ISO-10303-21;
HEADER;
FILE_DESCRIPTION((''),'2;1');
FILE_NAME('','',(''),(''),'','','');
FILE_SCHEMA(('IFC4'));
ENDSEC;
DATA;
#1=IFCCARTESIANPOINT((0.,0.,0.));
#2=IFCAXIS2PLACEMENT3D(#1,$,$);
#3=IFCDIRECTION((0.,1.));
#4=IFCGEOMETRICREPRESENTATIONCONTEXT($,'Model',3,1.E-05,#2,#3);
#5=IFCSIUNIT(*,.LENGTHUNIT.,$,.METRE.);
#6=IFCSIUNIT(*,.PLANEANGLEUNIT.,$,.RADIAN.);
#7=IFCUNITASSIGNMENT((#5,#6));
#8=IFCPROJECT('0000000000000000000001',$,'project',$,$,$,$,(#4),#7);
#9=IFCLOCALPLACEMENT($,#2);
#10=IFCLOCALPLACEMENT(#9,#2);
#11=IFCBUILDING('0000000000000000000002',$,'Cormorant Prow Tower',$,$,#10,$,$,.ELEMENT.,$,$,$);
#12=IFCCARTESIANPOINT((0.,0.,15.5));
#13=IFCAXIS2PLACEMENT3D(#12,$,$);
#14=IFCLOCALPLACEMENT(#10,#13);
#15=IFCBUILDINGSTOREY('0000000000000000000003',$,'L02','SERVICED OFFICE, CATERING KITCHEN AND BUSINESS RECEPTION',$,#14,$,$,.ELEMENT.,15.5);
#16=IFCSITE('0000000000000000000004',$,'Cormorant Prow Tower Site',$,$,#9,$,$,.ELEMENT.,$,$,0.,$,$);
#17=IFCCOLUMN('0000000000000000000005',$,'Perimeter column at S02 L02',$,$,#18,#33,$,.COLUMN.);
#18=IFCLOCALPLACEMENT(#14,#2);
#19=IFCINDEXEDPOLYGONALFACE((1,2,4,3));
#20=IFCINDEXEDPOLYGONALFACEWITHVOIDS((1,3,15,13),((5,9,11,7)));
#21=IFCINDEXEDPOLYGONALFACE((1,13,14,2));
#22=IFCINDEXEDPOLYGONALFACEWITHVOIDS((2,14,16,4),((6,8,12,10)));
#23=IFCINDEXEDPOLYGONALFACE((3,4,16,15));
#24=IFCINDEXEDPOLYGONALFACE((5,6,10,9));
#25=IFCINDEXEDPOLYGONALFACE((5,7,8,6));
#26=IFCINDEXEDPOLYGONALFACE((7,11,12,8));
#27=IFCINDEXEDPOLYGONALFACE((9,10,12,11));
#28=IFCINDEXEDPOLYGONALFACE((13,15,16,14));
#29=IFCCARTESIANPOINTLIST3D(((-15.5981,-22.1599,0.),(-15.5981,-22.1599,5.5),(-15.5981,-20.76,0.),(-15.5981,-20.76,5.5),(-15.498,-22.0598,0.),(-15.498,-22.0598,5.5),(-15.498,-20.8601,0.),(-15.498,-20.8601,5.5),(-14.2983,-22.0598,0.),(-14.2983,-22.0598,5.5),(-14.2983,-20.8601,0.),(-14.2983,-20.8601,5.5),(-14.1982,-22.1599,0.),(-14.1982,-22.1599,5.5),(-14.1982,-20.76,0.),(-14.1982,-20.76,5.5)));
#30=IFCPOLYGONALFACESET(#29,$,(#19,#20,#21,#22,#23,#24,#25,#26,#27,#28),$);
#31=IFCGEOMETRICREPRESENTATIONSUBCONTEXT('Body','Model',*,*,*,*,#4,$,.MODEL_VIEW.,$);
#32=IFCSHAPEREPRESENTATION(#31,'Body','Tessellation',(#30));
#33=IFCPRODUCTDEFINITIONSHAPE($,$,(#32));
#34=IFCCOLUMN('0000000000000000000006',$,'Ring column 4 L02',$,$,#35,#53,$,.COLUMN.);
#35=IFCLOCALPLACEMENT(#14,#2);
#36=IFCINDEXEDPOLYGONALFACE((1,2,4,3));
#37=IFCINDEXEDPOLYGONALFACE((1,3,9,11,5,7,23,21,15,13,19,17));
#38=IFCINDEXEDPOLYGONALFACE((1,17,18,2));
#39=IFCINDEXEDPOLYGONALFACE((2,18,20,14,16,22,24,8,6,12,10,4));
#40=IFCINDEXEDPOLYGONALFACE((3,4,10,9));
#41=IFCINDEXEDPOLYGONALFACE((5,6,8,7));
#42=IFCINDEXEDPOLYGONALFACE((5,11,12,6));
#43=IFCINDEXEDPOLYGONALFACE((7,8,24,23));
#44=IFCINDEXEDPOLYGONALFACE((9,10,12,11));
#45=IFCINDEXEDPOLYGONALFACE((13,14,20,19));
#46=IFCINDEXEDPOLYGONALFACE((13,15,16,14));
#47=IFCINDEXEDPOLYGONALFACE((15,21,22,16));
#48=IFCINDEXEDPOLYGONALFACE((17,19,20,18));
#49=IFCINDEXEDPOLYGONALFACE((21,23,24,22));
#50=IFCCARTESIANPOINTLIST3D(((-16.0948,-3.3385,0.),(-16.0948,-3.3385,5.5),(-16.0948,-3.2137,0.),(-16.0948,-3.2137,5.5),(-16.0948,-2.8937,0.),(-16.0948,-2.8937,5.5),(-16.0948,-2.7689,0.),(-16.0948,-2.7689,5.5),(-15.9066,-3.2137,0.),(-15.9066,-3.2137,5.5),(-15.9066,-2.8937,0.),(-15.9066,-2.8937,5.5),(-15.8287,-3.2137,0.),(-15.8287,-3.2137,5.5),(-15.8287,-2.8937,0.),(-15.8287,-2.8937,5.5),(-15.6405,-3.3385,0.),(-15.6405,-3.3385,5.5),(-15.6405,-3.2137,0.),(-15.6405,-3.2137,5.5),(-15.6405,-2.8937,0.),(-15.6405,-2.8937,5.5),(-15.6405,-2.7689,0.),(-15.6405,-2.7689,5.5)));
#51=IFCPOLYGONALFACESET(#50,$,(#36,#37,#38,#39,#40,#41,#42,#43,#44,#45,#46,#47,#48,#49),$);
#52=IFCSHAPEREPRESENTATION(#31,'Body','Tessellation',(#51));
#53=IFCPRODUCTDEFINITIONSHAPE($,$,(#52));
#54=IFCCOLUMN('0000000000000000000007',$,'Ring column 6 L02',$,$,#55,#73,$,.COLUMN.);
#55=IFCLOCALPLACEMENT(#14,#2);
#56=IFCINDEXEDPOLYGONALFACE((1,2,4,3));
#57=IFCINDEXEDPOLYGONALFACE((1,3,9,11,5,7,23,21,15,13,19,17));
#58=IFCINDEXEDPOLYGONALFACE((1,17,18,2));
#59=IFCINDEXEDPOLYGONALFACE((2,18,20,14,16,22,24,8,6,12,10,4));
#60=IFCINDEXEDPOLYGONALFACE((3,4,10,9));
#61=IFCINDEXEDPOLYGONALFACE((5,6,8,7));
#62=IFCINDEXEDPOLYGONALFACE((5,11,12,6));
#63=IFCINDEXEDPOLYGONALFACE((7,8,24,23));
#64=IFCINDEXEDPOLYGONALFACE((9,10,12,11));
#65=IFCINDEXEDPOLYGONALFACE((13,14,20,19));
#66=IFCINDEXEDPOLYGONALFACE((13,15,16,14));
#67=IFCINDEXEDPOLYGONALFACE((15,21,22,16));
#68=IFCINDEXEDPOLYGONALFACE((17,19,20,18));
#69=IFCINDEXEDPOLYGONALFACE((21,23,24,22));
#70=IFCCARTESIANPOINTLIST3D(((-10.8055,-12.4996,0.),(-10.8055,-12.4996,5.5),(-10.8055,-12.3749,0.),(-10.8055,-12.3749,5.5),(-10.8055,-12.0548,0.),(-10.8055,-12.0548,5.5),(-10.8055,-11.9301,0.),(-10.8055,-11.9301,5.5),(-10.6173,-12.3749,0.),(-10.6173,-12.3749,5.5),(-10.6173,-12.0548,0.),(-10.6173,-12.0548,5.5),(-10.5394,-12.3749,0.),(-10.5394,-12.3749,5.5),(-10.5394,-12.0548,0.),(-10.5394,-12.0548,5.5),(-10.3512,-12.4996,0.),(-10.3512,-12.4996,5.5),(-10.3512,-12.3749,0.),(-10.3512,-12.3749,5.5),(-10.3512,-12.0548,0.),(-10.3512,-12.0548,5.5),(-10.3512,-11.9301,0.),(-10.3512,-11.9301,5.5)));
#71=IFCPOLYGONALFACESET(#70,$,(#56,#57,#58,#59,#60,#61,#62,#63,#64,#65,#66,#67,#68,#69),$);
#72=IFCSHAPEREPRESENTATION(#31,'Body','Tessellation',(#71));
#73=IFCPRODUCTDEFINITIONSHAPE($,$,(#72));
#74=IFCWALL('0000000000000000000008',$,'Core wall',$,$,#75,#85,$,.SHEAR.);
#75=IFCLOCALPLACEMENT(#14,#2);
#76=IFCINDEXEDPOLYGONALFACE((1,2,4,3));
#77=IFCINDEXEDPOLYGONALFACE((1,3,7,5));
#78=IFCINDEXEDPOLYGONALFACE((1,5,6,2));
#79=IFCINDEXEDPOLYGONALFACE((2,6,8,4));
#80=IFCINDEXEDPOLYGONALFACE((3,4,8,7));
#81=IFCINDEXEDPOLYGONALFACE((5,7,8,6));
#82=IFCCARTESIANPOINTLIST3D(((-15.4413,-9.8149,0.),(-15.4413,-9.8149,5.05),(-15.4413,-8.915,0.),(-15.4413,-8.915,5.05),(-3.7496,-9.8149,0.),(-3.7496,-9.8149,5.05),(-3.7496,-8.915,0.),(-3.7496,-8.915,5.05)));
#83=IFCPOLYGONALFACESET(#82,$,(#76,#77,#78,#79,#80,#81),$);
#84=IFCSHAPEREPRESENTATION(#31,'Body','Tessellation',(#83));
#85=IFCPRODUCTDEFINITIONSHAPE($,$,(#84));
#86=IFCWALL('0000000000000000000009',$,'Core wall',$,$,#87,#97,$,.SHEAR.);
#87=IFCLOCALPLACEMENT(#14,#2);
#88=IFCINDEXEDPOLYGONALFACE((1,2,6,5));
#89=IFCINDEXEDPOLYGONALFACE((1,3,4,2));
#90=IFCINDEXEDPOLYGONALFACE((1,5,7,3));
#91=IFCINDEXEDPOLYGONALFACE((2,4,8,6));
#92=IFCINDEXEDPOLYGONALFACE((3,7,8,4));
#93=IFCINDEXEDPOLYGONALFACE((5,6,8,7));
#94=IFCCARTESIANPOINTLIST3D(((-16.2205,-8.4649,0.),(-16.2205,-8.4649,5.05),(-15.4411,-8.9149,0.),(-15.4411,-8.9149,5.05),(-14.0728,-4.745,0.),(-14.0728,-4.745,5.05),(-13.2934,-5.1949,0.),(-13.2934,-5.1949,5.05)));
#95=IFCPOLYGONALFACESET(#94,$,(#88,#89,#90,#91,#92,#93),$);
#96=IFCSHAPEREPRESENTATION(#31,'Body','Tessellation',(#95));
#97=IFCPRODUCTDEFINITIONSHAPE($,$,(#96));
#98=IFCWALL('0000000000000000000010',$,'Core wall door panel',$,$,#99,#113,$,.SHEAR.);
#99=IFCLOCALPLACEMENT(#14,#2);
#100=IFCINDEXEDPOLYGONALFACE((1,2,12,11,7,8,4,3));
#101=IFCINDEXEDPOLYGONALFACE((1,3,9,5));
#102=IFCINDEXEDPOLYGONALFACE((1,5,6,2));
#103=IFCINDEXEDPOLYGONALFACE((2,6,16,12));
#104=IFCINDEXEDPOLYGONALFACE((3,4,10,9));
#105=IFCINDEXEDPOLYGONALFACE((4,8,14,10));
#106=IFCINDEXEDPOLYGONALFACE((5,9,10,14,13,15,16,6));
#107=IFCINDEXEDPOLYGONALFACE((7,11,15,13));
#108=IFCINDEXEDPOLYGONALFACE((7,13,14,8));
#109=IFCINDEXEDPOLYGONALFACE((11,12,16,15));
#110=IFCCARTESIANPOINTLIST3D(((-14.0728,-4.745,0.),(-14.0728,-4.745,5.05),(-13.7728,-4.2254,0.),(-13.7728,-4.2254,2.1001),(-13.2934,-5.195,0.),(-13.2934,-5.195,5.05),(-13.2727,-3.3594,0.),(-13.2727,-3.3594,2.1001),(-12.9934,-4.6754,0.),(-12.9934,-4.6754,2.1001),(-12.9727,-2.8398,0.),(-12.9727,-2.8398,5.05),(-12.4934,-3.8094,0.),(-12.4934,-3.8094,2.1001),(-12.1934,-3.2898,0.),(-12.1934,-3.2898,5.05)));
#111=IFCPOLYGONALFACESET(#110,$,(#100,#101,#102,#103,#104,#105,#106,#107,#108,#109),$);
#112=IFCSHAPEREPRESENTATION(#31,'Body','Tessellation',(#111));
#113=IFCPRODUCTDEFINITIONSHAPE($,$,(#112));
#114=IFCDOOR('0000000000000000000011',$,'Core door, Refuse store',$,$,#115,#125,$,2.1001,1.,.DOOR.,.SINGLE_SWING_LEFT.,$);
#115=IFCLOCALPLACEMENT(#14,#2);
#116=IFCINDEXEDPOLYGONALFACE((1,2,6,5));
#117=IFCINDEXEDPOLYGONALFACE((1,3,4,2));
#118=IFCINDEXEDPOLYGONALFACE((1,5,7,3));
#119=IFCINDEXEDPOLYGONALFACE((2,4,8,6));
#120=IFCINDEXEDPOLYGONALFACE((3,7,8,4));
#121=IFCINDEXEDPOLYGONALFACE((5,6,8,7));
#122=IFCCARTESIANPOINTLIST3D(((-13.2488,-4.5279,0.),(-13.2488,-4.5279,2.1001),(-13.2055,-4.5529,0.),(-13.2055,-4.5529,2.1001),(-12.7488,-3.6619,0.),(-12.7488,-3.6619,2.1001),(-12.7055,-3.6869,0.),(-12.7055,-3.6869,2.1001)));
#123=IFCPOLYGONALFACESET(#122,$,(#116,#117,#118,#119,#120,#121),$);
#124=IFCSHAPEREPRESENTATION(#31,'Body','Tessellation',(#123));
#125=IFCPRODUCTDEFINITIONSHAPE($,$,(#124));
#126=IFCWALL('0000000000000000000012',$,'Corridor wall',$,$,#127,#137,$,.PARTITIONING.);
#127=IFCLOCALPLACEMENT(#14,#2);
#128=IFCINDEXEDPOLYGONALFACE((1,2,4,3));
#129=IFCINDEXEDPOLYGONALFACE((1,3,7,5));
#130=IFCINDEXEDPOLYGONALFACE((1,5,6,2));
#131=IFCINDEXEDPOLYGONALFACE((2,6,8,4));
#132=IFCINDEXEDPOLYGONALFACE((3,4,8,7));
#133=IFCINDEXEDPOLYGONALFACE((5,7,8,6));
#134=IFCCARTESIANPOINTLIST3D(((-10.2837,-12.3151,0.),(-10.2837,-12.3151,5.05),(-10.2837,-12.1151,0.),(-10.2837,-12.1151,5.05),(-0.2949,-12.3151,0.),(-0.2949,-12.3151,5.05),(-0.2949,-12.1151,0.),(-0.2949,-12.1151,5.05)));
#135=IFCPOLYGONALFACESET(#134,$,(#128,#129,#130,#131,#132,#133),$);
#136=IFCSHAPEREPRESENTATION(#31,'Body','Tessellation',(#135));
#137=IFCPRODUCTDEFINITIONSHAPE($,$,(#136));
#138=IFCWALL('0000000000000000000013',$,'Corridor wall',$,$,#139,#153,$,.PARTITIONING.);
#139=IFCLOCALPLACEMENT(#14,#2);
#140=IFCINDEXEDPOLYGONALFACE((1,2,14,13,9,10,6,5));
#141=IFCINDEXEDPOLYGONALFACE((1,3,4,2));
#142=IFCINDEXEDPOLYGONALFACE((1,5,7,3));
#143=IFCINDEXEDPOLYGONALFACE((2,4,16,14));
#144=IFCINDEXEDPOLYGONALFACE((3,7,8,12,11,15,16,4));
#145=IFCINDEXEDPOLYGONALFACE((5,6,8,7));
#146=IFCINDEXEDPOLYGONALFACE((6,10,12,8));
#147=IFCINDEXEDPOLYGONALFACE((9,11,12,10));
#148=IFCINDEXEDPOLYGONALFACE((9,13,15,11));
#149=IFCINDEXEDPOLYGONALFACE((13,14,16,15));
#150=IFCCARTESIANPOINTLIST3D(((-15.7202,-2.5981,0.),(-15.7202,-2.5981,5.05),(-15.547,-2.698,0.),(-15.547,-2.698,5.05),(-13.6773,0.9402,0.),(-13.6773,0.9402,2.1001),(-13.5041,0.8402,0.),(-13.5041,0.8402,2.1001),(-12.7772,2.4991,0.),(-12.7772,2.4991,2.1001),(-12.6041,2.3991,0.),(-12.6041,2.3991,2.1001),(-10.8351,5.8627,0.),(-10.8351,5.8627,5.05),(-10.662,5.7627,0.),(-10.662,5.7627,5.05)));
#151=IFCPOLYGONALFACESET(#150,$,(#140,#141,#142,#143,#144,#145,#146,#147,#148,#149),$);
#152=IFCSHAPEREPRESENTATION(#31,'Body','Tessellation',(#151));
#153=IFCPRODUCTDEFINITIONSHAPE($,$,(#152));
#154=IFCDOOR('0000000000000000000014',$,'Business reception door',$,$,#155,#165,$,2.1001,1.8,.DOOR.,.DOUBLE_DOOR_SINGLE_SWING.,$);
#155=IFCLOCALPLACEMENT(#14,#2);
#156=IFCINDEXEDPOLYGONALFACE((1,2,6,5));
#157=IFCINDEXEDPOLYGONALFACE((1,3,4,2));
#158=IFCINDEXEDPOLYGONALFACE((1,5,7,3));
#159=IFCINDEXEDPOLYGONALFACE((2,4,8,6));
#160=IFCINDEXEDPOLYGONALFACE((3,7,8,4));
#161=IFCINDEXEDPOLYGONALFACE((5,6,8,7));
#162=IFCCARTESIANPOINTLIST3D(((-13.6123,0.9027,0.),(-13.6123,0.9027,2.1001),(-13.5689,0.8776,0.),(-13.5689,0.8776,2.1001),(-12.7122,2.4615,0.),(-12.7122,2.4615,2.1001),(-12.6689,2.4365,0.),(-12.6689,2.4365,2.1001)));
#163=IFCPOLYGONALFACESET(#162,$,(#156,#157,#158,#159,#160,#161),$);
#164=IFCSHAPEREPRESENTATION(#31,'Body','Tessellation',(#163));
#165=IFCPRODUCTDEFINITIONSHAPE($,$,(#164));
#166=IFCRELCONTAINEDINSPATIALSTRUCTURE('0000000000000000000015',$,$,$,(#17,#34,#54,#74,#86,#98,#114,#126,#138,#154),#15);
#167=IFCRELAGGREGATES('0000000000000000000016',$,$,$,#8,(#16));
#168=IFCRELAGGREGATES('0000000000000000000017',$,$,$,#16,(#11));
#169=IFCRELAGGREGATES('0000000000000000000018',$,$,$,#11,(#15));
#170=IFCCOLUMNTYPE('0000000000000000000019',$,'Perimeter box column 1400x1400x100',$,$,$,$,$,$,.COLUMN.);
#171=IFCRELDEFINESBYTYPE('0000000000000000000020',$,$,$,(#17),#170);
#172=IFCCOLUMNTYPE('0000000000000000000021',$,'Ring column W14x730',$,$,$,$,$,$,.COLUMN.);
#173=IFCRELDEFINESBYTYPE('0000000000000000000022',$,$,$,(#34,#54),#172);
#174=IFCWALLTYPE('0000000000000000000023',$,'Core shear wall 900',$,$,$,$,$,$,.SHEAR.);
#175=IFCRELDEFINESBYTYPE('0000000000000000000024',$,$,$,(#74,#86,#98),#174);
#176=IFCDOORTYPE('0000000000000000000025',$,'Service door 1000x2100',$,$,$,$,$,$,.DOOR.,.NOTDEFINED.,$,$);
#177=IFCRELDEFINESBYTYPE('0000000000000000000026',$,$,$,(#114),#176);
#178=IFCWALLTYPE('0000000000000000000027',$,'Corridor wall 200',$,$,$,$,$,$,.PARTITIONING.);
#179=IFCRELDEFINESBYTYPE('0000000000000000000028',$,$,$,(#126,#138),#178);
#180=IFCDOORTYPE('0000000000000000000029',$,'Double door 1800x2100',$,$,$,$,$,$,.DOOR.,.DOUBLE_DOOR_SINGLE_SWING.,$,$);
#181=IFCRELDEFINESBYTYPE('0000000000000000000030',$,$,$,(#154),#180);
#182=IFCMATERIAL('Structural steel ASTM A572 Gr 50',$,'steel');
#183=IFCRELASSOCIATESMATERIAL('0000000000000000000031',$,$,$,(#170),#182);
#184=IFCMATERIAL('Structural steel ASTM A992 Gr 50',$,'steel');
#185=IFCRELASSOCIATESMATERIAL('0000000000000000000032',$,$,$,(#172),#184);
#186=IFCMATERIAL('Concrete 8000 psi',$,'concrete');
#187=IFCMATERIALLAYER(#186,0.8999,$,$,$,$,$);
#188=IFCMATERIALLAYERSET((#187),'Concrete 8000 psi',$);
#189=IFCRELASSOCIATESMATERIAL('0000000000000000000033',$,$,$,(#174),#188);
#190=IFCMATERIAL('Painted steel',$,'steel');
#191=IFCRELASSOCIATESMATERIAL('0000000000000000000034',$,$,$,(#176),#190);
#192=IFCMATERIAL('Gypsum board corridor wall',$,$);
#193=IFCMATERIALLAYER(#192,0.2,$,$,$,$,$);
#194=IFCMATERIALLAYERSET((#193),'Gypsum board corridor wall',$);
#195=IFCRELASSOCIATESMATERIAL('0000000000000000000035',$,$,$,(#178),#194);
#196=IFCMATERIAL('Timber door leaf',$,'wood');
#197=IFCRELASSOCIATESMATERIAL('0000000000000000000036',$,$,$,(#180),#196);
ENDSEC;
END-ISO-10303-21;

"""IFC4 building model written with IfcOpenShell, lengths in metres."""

from ifc_helpers import new_model, si_unit, direction, frame, frame_2d, origin, origin_2d, place, context, subcontext, project, spatial, rectangle, hollow_rectangle, i_section, extrude, material, layer, layer_set, material_profile, profile_set, type_object, element, fill, save


model = new_model("IFC4")

# Units and contexts
model_context = context("Model", 3, precision=1e-05, world=origin(), true_north=direction((0.0, 1.0)))
body_context = subcontext(model_context, "Body", "Model", "MODEL_VIEW")
ifc_project = project(units=[si_unit("LENGTHUNIT", "METRE"), si_unit("PLANEANGLEUNIT", "RADIAN")], contexts=[model_context])

# Site, building, storey
site_placement = place(None, origin())
site = spatial("IfcSite", under=ifc_project, at=site_placement, Name="Cormorant Prow Tower Site", CompositionType="ELEMENT", RefElevation=0.0)
building_placement = place(site_placement, origin())
building = spatial("IfcBuilding", under=site, at=building_placement, Name="Cormorant Prow Tower", CompositionType="ELEMENT")
storey_placement = place(building_placement, frame((0.0, 0.0, 15.5)))
storey = spatial("IfcBuildingStorey", under=building, at=storey_placement, Name="L02", Description="SERVICED OFFICE, CATERING KITCHEN AND BUSINESS RECEPTION", CompositionType="ELEMENT", Elevation=15.5)

# Columns
ifc_material_1 = material(Name="Structural steel ASTM A572 Gr 50", Category="steel")
ifc_material_profile_1 = material_profile(ifc_material_1, hollow_rectangle(XDim=1.3999, YDim=1.3999, WallThickness=0.1001, at=origin_2d()), Name="Box 1400x1400x100")
ifc_profile_set_1 = profile_set([ifc_material_profile_1], Name="Structural steel ASTM A572 Gr 50")
column_type_1 = type_object("IfcColumnType", Name="Perimeter box column 1400x1400x100", PredefinedType="COLUMN", material=ifc_profile_set_1)
column_placement = place(storey_placement, frame((-14.8982, -21.46, 0.0), z_axis=(0.0, 0.0, 1.0), x_axis=(1.0, 0.0, 0.0)))
element("IfcColumn", 1, at=column_placement, inside=storey, type_object=column_type_1, Name="Perimeter column at S02 L02", PredefinedType="COLUMN", context=body_context, shape_type="SweptSolid", body=[
    extrude(hollow_rectangle(XDim=1.3999, YDim=1.3999, WallThickness=0.1001, at=origin_2d()), origin(), (0.0, 0.0, 1.0), 5.5),
])
ifc_material_2 = material(Name="Structural steel ASTM A992 Gr 50", Category="steel")
ifc_material_profile_2 = material_profile(ifc_material_2, i_section(OverallWidth=0.4543, OverallDepth=0.5696, WebThickness=0.0779, FlangeThickness=0.1248, at=origin_2d()), Name="W14x730")
ifc_profile_set_2 = profile_set([ifc_material_profile_2], Name="Structural steel ASTM A992 Gr 50")
column_type_2 = type_object("IfcColumnType", Name="Ring column W14x730", PredefinedType="COLUMN", material=ifc_profile_set_2)
for number, where, z_axis, x_axis, name in (
    (2, (-15.8677, -3.0537, 0.0), (0.0, 0.0, 1.0), (1.0, 0.0, 0.0), "Ring column 4 L02"),
    (3, (-10.5784, -12.2148, 0.0), (0.0, 0.0, 1.0), (1.0, 0.0, 0.0), "Ring column 6 L02"),
):
    element("IfcColumn", number, at=place(storey_placement, frame(where, z_axis=z_axis, x_axis=x_axis)), inside=storey, type_object=column_type_2, Name=name, PredefinedType="COLUMN", context=body_context, shape_type="SweptSolid", body=[
        extrude(i_section(OverallWidth=0.4543, OverallDepth=0.5696, WebThickness=0.0779, FlangeThickness=0.1248, at=origin_2d()), origin(), (0.0, 0.0, 1.0), 5.5),
    ])

# Walls
ifc_material_3 = material(Name="Concrete 8000 psi", Category="concrete")
ifc_layer_1 = layer(ifc_material_3, 0.8999)
ifc_layer_set_1 = layer_set([ifc_layer_1], Name="Concrete 8000 psi")
wall_type_1 = type_object("IfcWallType", Name="Core shear wall 900", PredefinedType="SHEAR", material=ifc_layer_set_1)
wall_1_placement = place(storey_placement, frame((-15.4412, -9.365, 0.0), z_axis=(0.0, 0.0, 1.0), x_axis=(1.0, 0.0, 0.0)))
element("IfcWall", 4, at=wall_1_placement, inside=storey, type_object=wall_type_1, Name="Core wall", PredefinedType="SHEAR", context=body_context, shape_type="SweptSolid", body=[
    extrude(rectangle(XDim=11.6917, YDim=0.8999, at=frame_2d((5.8457, 0.0))), origin(), (0.0, 0.0, 1.0), 5.05),
])
wall_2_placement = place(storey_placement, frame((-13.6831, -4.97, 0.0), z_axis=(0.0, 0.0, 1.0), x_axis=(-0.499996, -0.866028, 0.0)))
element("IfcWall", 5, at=wall_2_placement, inside=storey, type_object=wall_type_1, Name="Core wall", PredefinedType="SHEAR", context=body_context, shape_type="SweptSolid", body=[
    extrude(rectangle(XDim=4.2954, YDim=0.8999, at=frame_2d((2.1477, 0.0))), origin(), (0.0, 0.0, 1.0), 5.05),
])

# Wall, opening, door
wall_3_placement = place(storey_placement, frame((-12.583, -3.0647, 0.0), z_axis=(0.0, 0.0, 1.0), x_axis=(-0.50003, -0.866008, 0.0)))
wall_3 = element("IfcWall", 6, at=wall_3_placement, inside=storey, type_object=wall_type_1, Name="Core wall door panel", PredefinedType="SHEAR", context=body_context, shape_type="SweptSolid", body=[
    extrude(rectangle(XDim=2.2, YDim=0.8999, at=frame_2d((1.1001, 0.0))), origin(), (0.0, 0.0, 1.0), 5.05),
])
opening_1_placement = place(wall_3_placement, frame((0.6001, 0.0, 0.0)))
opening_1 = element("IfcOpeningElement", 7, at=opening_1_placement, cuts=wall_3, PredefinedType="OPENING", context=body_context, shape_type="SweptSolid", body=[
    extrude(rectangle(XDim=1.0, YDim=2.1001, at=frame_2d((0.5, 1.05))), frame((0.0, 0.46, 0.0), z_axis=(0.0, -1.0, 0.0), x_axis=(1.0, 0.0, 0.0)), (0.0, 0.0, 1.0), 0.9199),
])
ifc_material_4 = material(Name="Painted steel", Category="steel")
door_type_1 = type_object("IfcDoorType", Name="Service door 1000x2100", OperationType="NOTDEFINED", PredefinedType="DOOR", material=ifc_material_4)
door_1_placement = place(opening_1_placement, origin())
door_1 = element("IfcDoor", 8, at=door_1_placement, inside=storey, type_object=door_type_1, Name="Core door, Refuse store", OperationType="SINGLE_SWING_LEFT", OverallHeight=2.1001, OverallWidth=1.0, PredefinedType="DOOR", context=body_context, shape_type="SweptSolid", body=[
    extrude(rectangle(XDim=1.0, YDim=2.1001, at=frame_2d((0.5, 1.05))), frame((0.0, 0.2051, 0.0), z_axis=(0.0, -1.0, 0.0), x_axis=(1.0, 0.0, 0.0)), (0.0, 0.0, 1.0), 0.05),
])
fill(opening_1, door_1)

# Wall
ifc_material_5 = material(Name="Gypsum board corridor wall")
ifc_layer_2 = layer(ifc_material_5, 0.2)
ifc_layer_set_2 = layer_set([ifc_layer_2], Name="Gypsum board corridor wall")
wall_type_2 = type_object("IfcWallType", Name="Corridor wall 200", PredefinedType="PARTITIONING", material=ifc_layer_set_2)
wall_4_placement = place(storey_placement, frame((-10.2837, -12.2151, 0.0), z_axis=(0.0, 0.0, 1.0), x_axis=(1.0, 0.0, 0.0)))
element("IfcWall", 9, at=wall_4_placement, inside=storey, type_object=wall_type_2, Name="Corridor wall", PredefinedType="PARTITIONING", context=body_context, shape_type="SweptSolid", body=[
    extrude(rectangle(XDim=9.9888, YDim=0.2, at=frame_2d((4.9944, 0.0))), origin(), (0.0, 0.0, 1.0), 5.05),
])

# Wall, opening, door
wall_5_placement = place(storey_placement, frame((-15.6335, -2.6479, 0.0), z_axis=(0.0, 0.0, 1.0), x_axis=(0.500017, 0.866015, 0.0)))
wall_5 = element("IfcWall", 10, at=wall_5_placement, inside=storey, type_object=wall_type_2, Name="Corridor wall", PredefinedType="PARTITIONING", context=body_context, shape_type="SweptSolid", body=[
    extrude(rectangle(XDim=9.7698, YDim=0.2, at=frame_2d((4.8848, 0.0))), origin(), (0.0, 0.0, 1.0), 5.05),
])
opening_2_placement = place(wall_5_placement, frame((4.0857, 0.0, 0.0)))
opening_2 = element("IfcOpeningElement", 11, at=opening_2_placement, cuts=wall_5, PredefinedType="OPENING", context=body_context, shape_type="SweptSolid", body=[
    extrude(rectangle(XDim=1.8, YDim=2.1001, at=frame_2d((0.8999, 1.05))), frame((0.0, 0.1099, 0.0), z_axis=(0.0, -1.0, 0.0), x_axis=(1.0, 0.0, 0.0)), (0.0, 0.0, 1.0), 0.22),
])
ifc_material_6 = material(Name="Timber door leaf", Category="wood")
door_type_2 = type_object("IfcDoorType", Name="Double door 1800x2100", OperationType="DOUBLE_DOOR_SINGLE_SWING", PredefinedType="DOOR", material=ifc_material_6)
door_2_placement = place(opening_2_placement, origin())
door_2 = element("IfcDoor", 12, at=door_2_placement, inside=storey, type_object=door_type_2, Name="Business reception door", OperationType="DOUBLE_DOOR_SINGLE_SWING", OverallHeight=2.1001, OverallWidth=1.8, PredefinedType="DOOR", context=body_context, shape_type="SweptSolid", body=[
    extrude(rectangle(XDim=1.8, YDim=2.1001, at=frame_2d((0.8999, 1.05))), frame((0.0, 0.0249, 0.0), z_axis=(0.0, -1.0, 0.0), x_axis=(1.0, 0.0, 0.0)), (0.0, 0.0, 1.0), 0.05),
])
fill(opening_2, door_2)

save(model, "model.ifc")
